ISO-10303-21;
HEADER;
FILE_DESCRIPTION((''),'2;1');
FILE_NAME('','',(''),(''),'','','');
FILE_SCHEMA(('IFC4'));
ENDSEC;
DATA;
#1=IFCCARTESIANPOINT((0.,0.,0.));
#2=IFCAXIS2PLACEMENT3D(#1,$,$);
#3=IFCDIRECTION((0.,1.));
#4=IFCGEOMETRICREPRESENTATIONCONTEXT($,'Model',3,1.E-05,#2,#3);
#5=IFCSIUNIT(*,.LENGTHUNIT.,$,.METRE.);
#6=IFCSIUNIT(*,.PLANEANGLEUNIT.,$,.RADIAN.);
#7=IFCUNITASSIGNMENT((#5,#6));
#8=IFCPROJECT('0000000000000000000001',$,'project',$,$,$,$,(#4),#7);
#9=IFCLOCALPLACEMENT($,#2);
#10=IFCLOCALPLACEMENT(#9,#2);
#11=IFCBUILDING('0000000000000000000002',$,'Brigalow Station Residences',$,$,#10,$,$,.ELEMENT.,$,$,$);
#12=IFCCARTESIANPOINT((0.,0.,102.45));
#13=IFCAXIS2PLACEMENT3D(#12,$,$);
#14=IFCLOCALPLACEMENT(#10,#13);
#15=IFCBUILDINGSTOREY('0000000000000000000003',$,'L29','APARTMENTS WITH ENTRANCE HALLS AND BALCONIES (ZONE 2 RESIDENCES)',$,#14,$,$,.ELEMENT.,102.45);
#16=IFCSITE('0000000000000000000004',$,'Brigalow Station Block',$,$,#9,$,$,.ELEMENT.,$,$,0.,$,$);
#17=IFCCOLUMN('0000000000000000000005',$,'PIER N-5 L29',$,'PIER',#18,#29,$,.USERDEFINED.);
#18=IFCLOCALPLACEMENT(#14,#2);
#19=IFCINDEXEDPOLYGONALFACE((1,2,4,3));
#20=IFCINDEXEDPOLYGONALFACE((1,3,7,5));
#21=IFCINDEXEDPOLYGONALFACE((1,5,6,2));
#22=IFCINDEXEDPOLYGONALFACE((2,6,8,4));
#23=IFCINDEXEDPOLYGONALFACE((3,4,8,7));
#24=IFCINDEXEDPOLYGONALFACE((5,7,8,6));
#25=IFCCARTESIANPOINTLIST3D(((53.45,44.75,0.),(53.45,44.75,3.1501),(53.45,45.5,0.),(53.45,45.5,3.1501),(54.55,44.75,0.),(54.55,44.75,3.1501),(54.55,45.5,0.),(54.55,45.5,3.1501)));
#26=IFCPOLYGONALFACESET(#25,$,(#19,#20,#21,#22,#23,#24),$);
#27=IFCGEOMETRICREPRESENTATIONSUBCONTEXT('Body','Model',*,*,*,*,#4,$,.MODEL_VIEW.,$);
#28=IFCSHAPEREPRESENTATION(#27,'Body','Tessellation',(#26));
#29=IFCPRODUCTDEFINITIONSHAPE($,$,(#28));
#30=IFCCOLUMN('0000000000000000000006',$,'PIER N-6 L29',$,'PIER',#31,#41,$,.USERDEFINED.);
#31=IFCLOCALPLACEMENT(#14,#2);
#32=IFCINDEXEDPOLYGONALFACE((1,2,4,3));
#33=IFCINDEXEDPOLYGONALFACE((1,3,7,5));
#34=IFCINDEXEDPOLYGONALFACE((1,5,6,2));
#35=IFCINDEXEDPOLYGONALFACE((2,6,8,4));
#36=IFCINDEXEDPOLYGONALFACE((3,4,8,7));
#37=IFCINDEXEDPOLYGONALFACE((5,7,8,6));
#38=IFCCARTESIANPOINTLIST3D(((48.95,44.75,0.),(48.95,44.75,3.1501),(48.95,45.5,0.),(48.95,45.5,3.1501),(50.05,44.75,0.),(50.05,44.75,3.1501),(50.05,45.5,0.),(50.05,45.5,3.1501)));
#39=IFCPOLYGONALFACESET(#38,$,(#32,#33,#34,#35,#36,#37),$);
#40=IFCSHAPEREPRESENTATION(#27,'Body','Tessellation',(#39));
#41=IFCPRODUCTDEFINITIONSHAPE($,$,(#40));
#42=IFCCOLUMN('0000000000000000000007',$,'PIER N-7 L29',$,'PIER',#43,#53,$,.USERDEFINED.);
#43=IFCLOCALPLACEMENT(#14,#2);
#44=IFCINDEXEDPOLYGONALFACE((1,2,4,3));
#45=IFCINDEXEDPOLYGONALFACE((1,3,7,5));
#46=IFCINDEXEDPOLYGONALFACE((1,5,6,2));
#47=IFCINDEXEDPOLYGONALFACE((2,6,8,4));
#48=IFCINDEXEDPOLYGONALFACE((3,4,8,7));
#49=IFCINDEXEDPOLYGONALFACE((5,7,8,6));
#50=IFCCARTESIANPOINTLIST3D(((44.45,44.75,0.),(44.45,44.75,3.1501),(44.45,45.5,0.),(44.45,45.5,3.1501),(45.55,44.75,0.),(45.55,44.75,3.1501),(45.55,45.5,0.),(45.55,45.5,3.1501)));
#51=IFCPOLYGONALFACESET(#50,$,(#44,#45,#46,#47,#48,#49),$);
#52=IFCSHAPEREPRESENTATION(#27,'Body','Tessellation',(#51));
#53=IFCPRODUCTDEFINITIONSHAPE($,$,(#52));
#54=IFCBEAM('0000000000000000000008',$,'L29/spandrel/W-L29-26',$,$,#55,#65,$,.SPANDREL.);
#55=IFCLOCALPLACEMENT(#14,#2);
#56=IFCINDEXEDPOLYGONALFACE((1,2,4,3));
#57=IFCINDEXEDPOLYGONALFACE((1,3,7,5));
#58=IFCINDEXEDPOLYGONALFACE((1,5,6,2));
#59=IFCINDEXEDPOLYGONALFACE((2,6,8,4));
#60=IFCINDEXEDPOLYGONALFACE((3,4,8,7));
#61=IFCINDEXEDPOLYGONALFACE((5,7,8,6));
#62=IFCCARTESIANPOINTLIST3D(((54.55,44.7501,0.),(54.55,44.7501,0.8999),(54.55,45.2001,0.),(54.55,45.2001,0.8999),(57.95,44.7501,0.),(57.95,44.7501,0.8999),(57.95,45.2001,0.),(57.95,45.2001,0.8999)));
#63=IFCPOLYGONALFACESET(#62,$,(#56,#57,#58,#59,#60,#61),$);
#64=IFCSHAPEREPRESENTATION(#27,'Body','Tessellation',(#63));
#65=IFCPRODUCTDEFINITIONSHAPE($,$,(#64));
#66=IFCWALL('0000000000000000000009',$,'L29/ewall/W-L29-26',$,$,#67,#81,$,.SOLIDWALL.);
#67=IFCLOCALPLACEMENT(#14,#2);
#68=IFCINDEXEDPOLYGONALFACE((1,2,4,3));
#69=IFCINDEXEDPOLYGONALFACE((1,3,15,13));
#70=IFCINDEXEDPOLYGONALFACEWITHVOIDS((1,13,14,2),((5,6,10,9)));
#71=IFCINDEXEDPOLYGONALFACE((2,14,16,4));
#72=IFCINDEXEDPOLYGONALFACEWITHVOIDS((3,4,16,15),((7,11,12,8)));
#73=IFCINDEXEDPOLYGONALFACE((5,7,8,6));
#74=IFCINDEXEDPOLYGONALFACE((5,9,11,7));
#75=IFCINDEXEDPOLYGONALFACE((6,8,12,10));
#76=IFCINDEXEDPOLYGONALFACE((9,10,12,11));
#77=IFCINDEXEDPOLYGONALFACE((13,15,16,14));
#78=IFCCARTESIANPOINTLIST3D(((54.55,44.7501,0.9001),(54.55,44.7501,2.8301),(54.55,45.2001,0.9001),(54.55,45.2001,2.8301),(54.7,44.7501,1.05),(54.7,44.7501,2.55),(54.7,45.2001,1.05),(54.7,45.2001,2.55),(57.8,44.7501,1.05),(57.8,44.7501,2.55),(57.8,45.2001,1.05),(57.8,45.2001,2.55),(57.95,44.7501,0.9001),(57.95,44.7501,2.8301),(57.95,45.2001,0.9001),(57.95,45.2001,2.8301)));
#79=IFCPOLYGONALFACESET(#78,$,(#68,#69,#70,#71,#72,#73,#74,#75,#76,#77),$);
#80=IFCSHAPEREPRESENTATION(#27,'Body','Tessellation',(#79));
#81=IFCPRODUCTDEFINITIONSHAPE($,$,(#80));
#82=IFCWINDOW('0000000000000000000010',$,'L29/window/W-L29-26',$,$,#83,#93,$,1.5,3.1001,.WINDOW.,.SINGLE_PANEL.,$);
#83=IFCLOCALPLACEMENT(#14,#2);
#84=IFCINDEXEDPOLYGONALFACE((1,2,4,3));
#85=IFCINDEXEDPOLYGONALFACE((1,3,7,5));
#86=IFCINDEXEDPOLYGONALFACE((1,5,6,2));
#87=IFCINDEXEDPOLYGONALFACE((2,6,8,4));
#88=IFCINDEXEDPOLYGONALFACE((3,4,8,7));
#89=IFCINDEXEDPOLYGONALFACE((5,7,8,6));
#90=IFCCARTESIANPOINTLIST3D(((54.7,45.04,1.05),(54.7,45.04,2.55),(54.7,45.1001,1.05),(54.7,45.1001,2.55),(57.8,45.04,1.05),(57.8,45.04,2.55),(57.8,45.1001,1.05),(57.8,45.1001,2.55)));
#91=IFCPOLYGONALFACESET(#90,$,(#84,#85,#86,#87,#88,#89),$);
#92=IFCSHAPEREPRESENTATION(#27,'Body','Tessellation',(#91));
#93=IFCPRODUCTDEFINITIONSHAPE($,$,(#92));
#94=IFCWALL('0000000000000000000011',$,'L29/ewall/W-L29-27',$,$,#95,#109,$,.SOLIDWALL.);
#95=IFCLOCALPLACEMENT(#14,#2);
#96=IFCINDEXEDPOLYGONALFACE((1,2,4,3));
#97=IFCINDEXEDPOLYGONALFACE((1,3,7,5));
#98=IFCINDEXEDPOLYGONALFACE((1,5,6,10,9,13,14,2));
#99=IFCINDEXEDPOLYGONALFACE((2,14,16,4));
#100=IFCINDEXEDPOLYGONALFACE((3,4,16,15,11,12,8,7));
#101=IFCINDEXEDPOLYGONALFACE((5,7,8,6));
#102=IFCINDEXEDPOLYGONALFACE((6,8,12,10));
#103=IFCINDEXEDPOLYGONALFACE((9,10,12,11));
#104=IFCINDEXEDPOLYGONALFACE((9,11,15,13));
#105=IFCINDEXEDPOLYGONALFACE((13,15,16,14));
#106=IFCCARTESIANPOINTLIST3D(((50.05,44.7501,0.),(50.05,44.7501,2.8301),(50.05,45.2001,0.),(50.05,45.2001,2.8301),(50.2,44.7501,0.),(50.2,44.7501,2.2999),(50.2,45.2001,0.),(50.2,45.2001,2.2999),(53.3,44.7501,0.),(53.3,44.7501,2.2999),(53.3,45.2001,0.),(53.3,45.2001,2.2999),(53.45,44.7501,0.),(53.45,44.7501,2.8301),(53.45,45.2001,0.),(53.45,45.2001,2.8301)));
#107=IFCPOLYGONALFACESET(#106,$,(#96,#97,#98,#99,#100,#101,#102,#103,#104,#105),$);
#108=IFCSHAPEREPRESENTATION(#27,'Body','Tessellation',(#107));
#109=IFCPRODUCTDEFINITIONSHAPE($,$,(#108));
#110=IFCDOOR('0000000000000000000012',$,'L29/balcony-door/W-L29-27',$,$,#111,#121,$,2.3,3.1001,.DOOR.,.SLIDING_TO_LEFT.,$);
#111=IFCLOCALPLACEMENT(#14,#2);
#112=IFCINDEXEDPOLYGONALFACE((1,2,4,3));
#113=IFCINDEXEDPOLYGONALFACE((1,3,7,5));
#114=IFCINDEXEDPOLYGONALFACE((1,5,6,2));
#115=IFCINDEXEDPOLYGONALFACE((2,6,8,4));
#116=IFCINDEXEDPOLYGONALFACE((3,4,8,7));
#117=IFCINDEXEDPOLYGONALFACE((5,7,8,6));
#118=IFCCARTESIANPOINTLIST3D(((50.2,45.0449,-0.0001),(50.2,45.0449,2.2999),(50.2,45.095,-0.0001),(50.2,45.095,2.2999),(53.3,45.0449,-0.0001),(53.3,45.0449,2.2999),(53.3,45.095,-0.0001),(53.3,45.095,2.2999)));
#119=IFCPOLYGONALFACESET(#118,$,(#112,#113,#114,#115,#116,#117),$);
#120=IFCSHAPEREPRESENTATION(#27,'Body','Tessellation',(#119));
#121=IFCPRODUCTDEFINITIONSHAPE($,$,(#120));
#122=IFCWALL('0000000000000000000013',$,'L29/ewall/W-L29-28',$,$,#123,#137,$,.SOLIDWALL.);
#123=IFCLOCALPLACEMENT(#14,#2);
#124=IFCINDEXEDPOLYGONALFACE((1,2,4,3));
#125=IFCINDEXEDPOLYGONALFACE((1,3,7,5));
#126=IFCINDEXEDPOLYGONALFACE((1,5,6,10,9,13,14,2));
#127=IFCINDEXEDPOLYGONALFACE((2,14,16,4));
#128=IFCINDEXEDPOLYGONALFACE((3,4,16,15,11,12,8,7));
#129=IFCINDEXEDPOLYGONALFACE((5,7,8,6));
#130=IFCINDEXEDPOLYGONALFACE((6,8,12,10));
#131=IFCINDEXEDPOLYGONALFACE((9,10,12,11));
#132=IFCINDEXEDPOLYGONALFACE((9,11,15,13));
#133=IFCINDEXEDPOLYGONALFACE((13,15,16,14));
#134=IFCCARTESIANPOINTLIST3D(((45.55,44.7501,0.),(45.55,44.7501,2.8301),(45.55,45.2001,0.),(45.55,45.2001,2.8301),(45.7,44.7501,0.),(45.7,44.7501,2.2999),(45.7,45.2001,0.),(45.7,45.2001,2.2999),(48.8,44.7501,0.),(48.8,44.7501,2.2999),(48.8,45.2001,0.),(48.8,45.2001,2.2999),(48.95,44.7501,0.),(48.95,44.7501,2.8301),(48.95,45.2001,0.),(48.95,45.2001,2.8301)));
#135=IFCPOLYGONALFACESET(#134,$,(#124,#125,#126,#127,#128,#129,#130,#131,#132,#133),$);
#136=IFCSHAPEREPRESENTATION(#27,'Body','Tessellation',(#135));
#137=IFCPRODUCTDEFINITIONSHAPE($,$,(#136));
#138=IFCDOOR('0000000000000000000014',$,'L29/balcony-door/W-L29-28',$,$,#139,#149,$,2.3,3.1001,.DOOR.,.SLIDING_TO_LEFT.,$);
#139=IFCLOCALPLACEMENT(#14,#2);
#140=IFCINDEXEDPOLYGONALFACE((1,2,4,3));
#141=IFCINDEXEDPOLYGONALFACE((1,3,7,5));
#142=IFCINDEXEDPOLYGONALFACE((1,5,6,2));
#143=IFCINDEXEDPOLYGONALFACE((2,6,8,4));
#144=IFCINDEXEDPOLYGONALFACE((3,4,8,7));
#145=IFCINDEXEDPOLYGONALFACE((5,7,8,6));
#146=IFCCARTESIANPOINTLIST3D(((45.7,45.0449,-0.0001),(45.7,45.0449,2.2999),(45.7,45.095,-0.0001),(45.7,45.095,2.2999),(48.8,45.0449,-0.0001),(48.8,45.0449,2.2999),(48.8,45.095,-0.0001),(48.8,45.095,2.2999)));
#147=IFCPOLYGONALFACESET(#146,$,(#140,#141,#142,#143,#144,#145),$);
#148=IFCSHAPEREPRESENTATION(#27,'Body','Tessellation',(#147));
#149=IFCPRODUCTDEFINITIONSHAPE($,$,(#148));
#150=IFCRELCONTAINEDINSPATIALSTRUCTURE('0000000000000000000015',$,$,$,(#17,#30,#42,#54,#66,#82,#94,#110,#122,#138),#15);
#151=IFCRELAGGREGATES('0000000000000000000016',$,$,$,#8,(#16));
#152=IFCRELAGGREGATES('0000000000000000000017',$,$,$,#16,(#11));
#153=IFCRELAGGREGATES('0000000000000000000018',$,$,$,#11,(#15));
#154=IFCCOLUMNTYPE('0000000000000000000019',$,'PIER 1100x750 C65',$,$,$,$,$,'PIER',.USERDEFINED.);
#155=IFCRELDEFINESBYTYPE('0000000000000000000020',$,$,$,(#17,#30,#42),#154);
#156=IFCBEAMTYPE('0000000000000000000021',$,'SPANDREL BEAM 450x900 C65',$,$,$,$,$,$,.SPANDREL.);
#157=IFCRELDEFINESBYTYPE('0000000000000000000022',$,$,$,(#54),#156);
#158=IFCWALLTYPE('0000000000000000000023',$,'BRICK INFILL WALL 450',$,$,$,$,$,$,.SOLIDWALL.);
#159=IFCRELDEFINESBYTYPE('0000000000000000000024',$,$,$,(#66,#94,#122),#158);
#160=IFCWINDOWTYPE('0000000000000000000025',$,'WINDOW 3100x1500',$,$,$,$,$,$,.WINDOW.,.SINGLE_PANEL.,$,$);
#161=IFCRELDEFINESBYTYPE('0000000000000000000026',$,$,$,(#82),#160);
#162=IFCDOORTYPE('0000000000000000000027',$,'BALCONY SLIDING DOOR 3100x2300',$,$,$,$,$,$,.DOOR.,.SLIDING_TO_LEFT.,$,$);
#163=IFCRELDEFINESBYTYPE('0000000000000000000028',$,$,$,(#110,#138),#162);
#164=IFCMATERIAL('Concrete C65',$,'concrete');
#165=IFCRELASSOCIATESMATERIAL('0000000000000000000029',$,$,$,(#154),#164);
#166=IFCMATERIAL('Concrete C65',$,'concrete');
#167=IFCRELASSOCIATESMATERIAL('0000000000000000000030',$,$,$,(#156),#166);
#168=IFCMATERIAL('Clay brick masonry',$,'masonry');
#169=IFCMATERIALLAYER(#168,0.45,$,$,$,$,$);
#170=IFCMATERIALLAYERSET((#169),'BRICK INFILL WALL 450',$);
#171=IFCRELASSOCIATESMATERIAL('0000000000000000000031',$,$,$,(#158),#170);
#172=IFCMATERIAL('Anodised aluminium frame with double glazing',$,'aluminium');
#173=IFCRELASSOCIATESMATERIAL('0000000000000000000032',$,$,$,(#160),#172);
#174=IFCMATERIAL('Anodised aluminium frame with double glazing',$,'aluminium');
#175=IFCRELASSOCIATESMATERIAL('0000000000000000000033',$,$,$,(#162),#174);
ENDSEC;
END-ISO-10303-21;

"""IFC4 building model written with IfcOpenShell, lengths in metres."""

from ifc_helpers import new_model, si_unit, direction, frame, frame_2d, origin, origin_2d, place, context, subcontext, project, spatial, rectangle, extrude, material, layer, layer_set, material_profile, profile_set, type_object, element, fill, save


model = new_model("IFC4")

# Units and contexts
model_context = context("Model", 3, precision=1e-05, world=origin(), true_north=direction((0.0, 1.0)))
body_context = subcontext(model_context, "Body", "Model", "MODEL_VIEW")
ifc_project = project(units=[si_unit("LENGTHUNIT", "METRE"), si_unit("PLANEANGLEUNIT", "RADIAN")], contexts=[model_context])

# Site, building, storey
site_placement = place(None, origin())
site = spatial("IfcSite", under=ifc_project, at=site_placement, Name="Brigalow Station Block", CompositionType="ELEMENT", RefElevation=0.0)
building_placement = place(site_placement, origin())
building = spatial("IfcBuilding", under=site, at=building_placement, Name="Brigalow Station Residences", CompositionType="ELEMENT")
storey_placement = place(building_placement, frame((0.0, 0.0, 102.45)))
storey = spatial("IfcBuildingStorey", under=building, at=storey_placement, Name="L29", Description="APARTMENTS WITH ENTRANCE HALLS AND BALCONIES (ZONE 2 RESIDENCES)", CompositionType="ELEMENT", Elevation=102.45)

# Columns
ifc_material_1 = material(Name="Concrete C65", Category="concrete")
ifc_material_profile_1 = material_profile(ifc_material_1, rectangle(XDim=1.1001, YDim=0.75, at=origin_2d()), Name="RC1100x750")
ifc_profile_set_1 = profile_set([ifc_material_profile_1], Name="Concrete C65")
column_type = type_object("IfcColumnType", Name="PIER 1100x750 C65", ElementType="PIER", PredefinedType="USERDEFINED", material=ifc_profile_set_1)
for number, where, z_axis, x_axis, name in (
    (1, (54.0, 45.125, 0.0), (0.0, 0.0, 1.0), (-1.0, 0.0, 0.0), "PIER N-5 L29"),
    (2, (49.5, 45.125, 0.0), (0.0, 0.0, 1.0), (-1.0, 0.0, 0.0), "PIER N-6 L29"),
    (3, (45.0, 45.125, 0.0), (0.0, 0.0, 1.0), (-1.0, 0.0, 0.0), "PIER N-7 L29"),
):
    element("IfcColumn", number, at=place(storey_placement, frame(where, z_axis=z_axis, x_axis=x_axis)), inside=storey, type_object=column_type, Name=name, ObjectType="PIER", PredefinedType="USERDEFINED", context=body_context, shape_type="SweptSolid", body=[
        extrude(rectangle(XDim=1.1001, YDim=0.75, at=origin_2d()), origin(), (0.0, 0.0, 1.0), 3.1501),
    ])

# Beam
ifc_material_2 = material(Name="Concrete C65", Category="concrete")
ifc_material_profile_2 = material_profile(ifc_material_2, rectangle(XDim=0.45, YDim=0.8999, at=origin_2d()), Name="RC450x900")
ifc_profile_set_2 = profile_set([ifc_material_profile_2], Name="Concrete C65")
beam_type = type_object("IfcBeamType", Name="SPANDREL BEAM 450x900 C65", PredefinedType="SPANDREL", material=ifc_profile_set_2)
beam_placement = place(storey_placement, frame((57.95, 44.9751, 0.45), z_axis=(-1.0, 0.0, 0.0), x_axis=(0.0, -1.0, 0.0)))
element("IfcBeam", 4, at=beam_placement, inside=storey, type_object=beam_type, Name="L29/spandrel/W-L29-26", PredefinedType="SPANDREL", context=body_context, shape_type="SweptSolid", body=[
    extrude(rectangle(XDim=0.45, YDim=0.8999, at=origin_2d()), origin(), (0.0, 0.0, 1.0), 3.3999),
])

# Wall, opening, window
ifc_material_3 = material(Name="Clay brick masonry", Category="masonry")
ifc_layer_1 = layer(ifc_material_3, 0.45)
ifc_layer_set_1 = layer_set([ifc_layer_1], Name="BRICK INFILL WALL 450")
wall_type_1 = type_object("IfcWallType", Name="BRICK INFILL WALL 450", PredefinedType="SOLIDWALL", material=ifc_layer_set_1)
wall_1_placement = place(storey_placement, frame((57.95, 44.9751, 0.9001), z_axis=(0.0, 0.0, 1.0), x_axis=(-1.0, 0.0, 0.0)))
wall_1 = element("IfcWall", 5, at=wall_1_placement, inside=storey, type_object=wall_type_1, Name="L29/ewall/W-L29-26", PredefinedType="SOLIDWALL", context=body_context, shape_type="SweptSolid", body=[
    extrude(rectangle(XDim=3.3999, YDim=0.45, at=frame_2d((1.7, 0.0))), origin(), (0.0, 0.0, 1.0), 1.9299),
])
opening_1_placement = place(wall_1_placement, frame((0.1499, 0.0, 0.1499)))
opening_1 = element("IfcOpeningElement", 6, at=opening_1_placement, cuts=wall_1, PredefinedType="OPENING", context=body_context, shape_type="SweptSolid", body=[
    extrude(rectangle(XDim=3.1001, YDim=1.5, at=frame_2d((1.55, 0.75))), frame((0.0, 0.2349, 0.0), z_axis=(0.0, -1.0, 0.0), x_axis=(1.0, 0.0, 0.0)), (0.0, 0.0, 1.0), 0.47),
])
ifc_material_4 = material(Name="Anodised aluminium frame with double glazing", Category="aluminium")
window_type = type_object("IfcWindowType", Name="WINDOW 3100x1500", PartitioningType="SINGLE_PANEL", PredefinedType="WINDOW", material=ifc_material_4)
window_placement = place(opening_1_placement, origin())
window = element("IfcWindow", 7, at=window_placement, inside=storey, type_object=window_type, Name="L29/window/W-L29-26", OverallHeight=1.5, OverallWidth=3.1001, PartitioningType="SINGLE_PANEL", PredefinedType="WINDOW", context=body_context, shape_type="SweptSolid", body=[
    extrude(rectangle(XDim=3.1001, YDim=1.5, at=frame_2d((1.55, 0.75))), frame((0.0, -0.0649, 0.0), z_axis=(0.0, -1.0, 0.0), x_axis=(1.0, 0.0, 0.0)), (0.0, 0.0, 1.0), 0.0601),
])
fill(opening_1, window)

# Walls, openings, doors
wall_2_placement = place(storey_placement, frame((53.45, 44.9751, 0.0), z_axis=(0.0, 0.0, 1.0), x_axis=(-1.0, 0.0, 0.0)))
wall_2 = element("IfcWall", 8, at=wall_2_placement, inside=storey, type_object=wall_type_1, Name="L29/ewall/W-L29-27", PredefinedType="SOLIDWALL", context=body_context, shape_type="SweptSolid", body=[
    extrude(rectangle(XDim=3.3999, YDim=0.45, at=frame_2d((1.7, 0.0))), origin(), (0.0, 0.0, 1.0), 2.8301),
])
opening_2_placement = place(wall_2_placement, frame((0.1499, 0.0, 0.0)))
opening_2 = element("IfcOpeningElement", 9, at=opening_2_placement, cuts=wall_2, PredefinedType="OPENING", context=body_context, shape_type="SweptSolid", body=[
    extrude(rectangle(XDim=3.1001, YDim=2.3, at=frame_2d((1.55, 1.1499))), frame((0.0, 0.2349, 0.0), z_axis=(0.0, -1.0, 0.0), x_axis=(1.0, 0.0, 0.0)), (0.0, 0.0, 1.0), 0.47),
])
ifc_material_5 = material(Name="Anodised aluminium frame with double glazing", Category="aluminium")
door_type_1 = type_object("IfcDoorType", Name="BALCONY SLIDING DOOR 3100x2300", OperationType="SLIDING_TO_LEFT", PredefinedType="DOOR", material=ifc_material_5)
door_1_placement = place(opening_2_placement, origin())
door_1 = element("IfcDoor", 10, at=door_1_placement, inside=storey, type_object=door_type_1, Name="L29/balcony-door/W-L29-27", OperationType="SLIDING_TO_LEFT", OverallHeight=2.3, OverallWidth=3.1001, PredefinedType="DOOR", context=body_context, shape_type="SweptSolid", body=[
    extrude(rectangle(XDim=3.1001, YDim=2.3, at=frame_2d((1.55, 1.1499))), frame((0.0, -0.0698, 0.0), z_axis=(0.0, -1.0, 0.0), x_axis=(1.0, 0.0, 0.0)), (0.0, 0.0, 1.0), 0.05),
])
fill(opening_2, door_1)
wall_3_placement = place(storey_placement, frame((48.95, 44.9751, 0.0), z_axis=(0.0, 0.0, 1.0), x_axis=(-1.0, 0.0, 0.0)))
wall_3 = element("IfcWall", 11, at=wall_3_placement, inside=storey, type_object=wall_type_1, Name="L29/ewall/W-L29-28", PredefinedType="SOLIDWALL", context=body_context, shape_type="SweptSolid", body=[
    extrude(rectangle(XDim=3.3999, YDim=0.45, at=frame_2d((1.7, 0.0))), origin(), (0.0, 0.0, 1.0), 2.8301),
])
opening_3_placement = place(wall_3_placement, frame((0.1499, 0.0, 0.0)))
opening_3 = element("IfcOpeningElement", 12, at=opening_3_placement, cuts=wall_3, PredefinedType="OPENING", context=body_context, shape_type="SweptSolid", body=[
    extrude(rectangle(XDim=3.1001, YDim=2.3, at=frame_2d((1.55, 1.1499))), frame((0.0, 0.2349, 0.0), z_axis=(0.0, -1.0, 0.0), x_axis=(1.0, 0.0, 0.0)), (0.0, 0.0, 1.0), 0.47),
])
door_2_placement = place(opening_3_placement, origin())
door_2 = element("IfcDoor", 13, at=door_2_placement, inside=storey, type_object=door_type_1, Name="L29/balcony-door/W-L29-28", OperationType="SLIDING_TO_LEFT", OverallHeight=2.3, OverallWidth=3.1001, PredefinedType="DOOR", context=body_context, shape_type="SweptSolid", body=[
    extrude(rectangle(XDim=3.1001, YDim=2.3, at=frame_2d((1.55, 1.1499))), frame((0.0, -0.0698, 0.0), z_axis=(0.0, -1.0, 0.0), x_axis=(1.0, 0.0, 0.0)), (0.0, 0.0, 1.0), 0.05),
])
fill(opening_3, door_2)

save(model, "model.ifc")
